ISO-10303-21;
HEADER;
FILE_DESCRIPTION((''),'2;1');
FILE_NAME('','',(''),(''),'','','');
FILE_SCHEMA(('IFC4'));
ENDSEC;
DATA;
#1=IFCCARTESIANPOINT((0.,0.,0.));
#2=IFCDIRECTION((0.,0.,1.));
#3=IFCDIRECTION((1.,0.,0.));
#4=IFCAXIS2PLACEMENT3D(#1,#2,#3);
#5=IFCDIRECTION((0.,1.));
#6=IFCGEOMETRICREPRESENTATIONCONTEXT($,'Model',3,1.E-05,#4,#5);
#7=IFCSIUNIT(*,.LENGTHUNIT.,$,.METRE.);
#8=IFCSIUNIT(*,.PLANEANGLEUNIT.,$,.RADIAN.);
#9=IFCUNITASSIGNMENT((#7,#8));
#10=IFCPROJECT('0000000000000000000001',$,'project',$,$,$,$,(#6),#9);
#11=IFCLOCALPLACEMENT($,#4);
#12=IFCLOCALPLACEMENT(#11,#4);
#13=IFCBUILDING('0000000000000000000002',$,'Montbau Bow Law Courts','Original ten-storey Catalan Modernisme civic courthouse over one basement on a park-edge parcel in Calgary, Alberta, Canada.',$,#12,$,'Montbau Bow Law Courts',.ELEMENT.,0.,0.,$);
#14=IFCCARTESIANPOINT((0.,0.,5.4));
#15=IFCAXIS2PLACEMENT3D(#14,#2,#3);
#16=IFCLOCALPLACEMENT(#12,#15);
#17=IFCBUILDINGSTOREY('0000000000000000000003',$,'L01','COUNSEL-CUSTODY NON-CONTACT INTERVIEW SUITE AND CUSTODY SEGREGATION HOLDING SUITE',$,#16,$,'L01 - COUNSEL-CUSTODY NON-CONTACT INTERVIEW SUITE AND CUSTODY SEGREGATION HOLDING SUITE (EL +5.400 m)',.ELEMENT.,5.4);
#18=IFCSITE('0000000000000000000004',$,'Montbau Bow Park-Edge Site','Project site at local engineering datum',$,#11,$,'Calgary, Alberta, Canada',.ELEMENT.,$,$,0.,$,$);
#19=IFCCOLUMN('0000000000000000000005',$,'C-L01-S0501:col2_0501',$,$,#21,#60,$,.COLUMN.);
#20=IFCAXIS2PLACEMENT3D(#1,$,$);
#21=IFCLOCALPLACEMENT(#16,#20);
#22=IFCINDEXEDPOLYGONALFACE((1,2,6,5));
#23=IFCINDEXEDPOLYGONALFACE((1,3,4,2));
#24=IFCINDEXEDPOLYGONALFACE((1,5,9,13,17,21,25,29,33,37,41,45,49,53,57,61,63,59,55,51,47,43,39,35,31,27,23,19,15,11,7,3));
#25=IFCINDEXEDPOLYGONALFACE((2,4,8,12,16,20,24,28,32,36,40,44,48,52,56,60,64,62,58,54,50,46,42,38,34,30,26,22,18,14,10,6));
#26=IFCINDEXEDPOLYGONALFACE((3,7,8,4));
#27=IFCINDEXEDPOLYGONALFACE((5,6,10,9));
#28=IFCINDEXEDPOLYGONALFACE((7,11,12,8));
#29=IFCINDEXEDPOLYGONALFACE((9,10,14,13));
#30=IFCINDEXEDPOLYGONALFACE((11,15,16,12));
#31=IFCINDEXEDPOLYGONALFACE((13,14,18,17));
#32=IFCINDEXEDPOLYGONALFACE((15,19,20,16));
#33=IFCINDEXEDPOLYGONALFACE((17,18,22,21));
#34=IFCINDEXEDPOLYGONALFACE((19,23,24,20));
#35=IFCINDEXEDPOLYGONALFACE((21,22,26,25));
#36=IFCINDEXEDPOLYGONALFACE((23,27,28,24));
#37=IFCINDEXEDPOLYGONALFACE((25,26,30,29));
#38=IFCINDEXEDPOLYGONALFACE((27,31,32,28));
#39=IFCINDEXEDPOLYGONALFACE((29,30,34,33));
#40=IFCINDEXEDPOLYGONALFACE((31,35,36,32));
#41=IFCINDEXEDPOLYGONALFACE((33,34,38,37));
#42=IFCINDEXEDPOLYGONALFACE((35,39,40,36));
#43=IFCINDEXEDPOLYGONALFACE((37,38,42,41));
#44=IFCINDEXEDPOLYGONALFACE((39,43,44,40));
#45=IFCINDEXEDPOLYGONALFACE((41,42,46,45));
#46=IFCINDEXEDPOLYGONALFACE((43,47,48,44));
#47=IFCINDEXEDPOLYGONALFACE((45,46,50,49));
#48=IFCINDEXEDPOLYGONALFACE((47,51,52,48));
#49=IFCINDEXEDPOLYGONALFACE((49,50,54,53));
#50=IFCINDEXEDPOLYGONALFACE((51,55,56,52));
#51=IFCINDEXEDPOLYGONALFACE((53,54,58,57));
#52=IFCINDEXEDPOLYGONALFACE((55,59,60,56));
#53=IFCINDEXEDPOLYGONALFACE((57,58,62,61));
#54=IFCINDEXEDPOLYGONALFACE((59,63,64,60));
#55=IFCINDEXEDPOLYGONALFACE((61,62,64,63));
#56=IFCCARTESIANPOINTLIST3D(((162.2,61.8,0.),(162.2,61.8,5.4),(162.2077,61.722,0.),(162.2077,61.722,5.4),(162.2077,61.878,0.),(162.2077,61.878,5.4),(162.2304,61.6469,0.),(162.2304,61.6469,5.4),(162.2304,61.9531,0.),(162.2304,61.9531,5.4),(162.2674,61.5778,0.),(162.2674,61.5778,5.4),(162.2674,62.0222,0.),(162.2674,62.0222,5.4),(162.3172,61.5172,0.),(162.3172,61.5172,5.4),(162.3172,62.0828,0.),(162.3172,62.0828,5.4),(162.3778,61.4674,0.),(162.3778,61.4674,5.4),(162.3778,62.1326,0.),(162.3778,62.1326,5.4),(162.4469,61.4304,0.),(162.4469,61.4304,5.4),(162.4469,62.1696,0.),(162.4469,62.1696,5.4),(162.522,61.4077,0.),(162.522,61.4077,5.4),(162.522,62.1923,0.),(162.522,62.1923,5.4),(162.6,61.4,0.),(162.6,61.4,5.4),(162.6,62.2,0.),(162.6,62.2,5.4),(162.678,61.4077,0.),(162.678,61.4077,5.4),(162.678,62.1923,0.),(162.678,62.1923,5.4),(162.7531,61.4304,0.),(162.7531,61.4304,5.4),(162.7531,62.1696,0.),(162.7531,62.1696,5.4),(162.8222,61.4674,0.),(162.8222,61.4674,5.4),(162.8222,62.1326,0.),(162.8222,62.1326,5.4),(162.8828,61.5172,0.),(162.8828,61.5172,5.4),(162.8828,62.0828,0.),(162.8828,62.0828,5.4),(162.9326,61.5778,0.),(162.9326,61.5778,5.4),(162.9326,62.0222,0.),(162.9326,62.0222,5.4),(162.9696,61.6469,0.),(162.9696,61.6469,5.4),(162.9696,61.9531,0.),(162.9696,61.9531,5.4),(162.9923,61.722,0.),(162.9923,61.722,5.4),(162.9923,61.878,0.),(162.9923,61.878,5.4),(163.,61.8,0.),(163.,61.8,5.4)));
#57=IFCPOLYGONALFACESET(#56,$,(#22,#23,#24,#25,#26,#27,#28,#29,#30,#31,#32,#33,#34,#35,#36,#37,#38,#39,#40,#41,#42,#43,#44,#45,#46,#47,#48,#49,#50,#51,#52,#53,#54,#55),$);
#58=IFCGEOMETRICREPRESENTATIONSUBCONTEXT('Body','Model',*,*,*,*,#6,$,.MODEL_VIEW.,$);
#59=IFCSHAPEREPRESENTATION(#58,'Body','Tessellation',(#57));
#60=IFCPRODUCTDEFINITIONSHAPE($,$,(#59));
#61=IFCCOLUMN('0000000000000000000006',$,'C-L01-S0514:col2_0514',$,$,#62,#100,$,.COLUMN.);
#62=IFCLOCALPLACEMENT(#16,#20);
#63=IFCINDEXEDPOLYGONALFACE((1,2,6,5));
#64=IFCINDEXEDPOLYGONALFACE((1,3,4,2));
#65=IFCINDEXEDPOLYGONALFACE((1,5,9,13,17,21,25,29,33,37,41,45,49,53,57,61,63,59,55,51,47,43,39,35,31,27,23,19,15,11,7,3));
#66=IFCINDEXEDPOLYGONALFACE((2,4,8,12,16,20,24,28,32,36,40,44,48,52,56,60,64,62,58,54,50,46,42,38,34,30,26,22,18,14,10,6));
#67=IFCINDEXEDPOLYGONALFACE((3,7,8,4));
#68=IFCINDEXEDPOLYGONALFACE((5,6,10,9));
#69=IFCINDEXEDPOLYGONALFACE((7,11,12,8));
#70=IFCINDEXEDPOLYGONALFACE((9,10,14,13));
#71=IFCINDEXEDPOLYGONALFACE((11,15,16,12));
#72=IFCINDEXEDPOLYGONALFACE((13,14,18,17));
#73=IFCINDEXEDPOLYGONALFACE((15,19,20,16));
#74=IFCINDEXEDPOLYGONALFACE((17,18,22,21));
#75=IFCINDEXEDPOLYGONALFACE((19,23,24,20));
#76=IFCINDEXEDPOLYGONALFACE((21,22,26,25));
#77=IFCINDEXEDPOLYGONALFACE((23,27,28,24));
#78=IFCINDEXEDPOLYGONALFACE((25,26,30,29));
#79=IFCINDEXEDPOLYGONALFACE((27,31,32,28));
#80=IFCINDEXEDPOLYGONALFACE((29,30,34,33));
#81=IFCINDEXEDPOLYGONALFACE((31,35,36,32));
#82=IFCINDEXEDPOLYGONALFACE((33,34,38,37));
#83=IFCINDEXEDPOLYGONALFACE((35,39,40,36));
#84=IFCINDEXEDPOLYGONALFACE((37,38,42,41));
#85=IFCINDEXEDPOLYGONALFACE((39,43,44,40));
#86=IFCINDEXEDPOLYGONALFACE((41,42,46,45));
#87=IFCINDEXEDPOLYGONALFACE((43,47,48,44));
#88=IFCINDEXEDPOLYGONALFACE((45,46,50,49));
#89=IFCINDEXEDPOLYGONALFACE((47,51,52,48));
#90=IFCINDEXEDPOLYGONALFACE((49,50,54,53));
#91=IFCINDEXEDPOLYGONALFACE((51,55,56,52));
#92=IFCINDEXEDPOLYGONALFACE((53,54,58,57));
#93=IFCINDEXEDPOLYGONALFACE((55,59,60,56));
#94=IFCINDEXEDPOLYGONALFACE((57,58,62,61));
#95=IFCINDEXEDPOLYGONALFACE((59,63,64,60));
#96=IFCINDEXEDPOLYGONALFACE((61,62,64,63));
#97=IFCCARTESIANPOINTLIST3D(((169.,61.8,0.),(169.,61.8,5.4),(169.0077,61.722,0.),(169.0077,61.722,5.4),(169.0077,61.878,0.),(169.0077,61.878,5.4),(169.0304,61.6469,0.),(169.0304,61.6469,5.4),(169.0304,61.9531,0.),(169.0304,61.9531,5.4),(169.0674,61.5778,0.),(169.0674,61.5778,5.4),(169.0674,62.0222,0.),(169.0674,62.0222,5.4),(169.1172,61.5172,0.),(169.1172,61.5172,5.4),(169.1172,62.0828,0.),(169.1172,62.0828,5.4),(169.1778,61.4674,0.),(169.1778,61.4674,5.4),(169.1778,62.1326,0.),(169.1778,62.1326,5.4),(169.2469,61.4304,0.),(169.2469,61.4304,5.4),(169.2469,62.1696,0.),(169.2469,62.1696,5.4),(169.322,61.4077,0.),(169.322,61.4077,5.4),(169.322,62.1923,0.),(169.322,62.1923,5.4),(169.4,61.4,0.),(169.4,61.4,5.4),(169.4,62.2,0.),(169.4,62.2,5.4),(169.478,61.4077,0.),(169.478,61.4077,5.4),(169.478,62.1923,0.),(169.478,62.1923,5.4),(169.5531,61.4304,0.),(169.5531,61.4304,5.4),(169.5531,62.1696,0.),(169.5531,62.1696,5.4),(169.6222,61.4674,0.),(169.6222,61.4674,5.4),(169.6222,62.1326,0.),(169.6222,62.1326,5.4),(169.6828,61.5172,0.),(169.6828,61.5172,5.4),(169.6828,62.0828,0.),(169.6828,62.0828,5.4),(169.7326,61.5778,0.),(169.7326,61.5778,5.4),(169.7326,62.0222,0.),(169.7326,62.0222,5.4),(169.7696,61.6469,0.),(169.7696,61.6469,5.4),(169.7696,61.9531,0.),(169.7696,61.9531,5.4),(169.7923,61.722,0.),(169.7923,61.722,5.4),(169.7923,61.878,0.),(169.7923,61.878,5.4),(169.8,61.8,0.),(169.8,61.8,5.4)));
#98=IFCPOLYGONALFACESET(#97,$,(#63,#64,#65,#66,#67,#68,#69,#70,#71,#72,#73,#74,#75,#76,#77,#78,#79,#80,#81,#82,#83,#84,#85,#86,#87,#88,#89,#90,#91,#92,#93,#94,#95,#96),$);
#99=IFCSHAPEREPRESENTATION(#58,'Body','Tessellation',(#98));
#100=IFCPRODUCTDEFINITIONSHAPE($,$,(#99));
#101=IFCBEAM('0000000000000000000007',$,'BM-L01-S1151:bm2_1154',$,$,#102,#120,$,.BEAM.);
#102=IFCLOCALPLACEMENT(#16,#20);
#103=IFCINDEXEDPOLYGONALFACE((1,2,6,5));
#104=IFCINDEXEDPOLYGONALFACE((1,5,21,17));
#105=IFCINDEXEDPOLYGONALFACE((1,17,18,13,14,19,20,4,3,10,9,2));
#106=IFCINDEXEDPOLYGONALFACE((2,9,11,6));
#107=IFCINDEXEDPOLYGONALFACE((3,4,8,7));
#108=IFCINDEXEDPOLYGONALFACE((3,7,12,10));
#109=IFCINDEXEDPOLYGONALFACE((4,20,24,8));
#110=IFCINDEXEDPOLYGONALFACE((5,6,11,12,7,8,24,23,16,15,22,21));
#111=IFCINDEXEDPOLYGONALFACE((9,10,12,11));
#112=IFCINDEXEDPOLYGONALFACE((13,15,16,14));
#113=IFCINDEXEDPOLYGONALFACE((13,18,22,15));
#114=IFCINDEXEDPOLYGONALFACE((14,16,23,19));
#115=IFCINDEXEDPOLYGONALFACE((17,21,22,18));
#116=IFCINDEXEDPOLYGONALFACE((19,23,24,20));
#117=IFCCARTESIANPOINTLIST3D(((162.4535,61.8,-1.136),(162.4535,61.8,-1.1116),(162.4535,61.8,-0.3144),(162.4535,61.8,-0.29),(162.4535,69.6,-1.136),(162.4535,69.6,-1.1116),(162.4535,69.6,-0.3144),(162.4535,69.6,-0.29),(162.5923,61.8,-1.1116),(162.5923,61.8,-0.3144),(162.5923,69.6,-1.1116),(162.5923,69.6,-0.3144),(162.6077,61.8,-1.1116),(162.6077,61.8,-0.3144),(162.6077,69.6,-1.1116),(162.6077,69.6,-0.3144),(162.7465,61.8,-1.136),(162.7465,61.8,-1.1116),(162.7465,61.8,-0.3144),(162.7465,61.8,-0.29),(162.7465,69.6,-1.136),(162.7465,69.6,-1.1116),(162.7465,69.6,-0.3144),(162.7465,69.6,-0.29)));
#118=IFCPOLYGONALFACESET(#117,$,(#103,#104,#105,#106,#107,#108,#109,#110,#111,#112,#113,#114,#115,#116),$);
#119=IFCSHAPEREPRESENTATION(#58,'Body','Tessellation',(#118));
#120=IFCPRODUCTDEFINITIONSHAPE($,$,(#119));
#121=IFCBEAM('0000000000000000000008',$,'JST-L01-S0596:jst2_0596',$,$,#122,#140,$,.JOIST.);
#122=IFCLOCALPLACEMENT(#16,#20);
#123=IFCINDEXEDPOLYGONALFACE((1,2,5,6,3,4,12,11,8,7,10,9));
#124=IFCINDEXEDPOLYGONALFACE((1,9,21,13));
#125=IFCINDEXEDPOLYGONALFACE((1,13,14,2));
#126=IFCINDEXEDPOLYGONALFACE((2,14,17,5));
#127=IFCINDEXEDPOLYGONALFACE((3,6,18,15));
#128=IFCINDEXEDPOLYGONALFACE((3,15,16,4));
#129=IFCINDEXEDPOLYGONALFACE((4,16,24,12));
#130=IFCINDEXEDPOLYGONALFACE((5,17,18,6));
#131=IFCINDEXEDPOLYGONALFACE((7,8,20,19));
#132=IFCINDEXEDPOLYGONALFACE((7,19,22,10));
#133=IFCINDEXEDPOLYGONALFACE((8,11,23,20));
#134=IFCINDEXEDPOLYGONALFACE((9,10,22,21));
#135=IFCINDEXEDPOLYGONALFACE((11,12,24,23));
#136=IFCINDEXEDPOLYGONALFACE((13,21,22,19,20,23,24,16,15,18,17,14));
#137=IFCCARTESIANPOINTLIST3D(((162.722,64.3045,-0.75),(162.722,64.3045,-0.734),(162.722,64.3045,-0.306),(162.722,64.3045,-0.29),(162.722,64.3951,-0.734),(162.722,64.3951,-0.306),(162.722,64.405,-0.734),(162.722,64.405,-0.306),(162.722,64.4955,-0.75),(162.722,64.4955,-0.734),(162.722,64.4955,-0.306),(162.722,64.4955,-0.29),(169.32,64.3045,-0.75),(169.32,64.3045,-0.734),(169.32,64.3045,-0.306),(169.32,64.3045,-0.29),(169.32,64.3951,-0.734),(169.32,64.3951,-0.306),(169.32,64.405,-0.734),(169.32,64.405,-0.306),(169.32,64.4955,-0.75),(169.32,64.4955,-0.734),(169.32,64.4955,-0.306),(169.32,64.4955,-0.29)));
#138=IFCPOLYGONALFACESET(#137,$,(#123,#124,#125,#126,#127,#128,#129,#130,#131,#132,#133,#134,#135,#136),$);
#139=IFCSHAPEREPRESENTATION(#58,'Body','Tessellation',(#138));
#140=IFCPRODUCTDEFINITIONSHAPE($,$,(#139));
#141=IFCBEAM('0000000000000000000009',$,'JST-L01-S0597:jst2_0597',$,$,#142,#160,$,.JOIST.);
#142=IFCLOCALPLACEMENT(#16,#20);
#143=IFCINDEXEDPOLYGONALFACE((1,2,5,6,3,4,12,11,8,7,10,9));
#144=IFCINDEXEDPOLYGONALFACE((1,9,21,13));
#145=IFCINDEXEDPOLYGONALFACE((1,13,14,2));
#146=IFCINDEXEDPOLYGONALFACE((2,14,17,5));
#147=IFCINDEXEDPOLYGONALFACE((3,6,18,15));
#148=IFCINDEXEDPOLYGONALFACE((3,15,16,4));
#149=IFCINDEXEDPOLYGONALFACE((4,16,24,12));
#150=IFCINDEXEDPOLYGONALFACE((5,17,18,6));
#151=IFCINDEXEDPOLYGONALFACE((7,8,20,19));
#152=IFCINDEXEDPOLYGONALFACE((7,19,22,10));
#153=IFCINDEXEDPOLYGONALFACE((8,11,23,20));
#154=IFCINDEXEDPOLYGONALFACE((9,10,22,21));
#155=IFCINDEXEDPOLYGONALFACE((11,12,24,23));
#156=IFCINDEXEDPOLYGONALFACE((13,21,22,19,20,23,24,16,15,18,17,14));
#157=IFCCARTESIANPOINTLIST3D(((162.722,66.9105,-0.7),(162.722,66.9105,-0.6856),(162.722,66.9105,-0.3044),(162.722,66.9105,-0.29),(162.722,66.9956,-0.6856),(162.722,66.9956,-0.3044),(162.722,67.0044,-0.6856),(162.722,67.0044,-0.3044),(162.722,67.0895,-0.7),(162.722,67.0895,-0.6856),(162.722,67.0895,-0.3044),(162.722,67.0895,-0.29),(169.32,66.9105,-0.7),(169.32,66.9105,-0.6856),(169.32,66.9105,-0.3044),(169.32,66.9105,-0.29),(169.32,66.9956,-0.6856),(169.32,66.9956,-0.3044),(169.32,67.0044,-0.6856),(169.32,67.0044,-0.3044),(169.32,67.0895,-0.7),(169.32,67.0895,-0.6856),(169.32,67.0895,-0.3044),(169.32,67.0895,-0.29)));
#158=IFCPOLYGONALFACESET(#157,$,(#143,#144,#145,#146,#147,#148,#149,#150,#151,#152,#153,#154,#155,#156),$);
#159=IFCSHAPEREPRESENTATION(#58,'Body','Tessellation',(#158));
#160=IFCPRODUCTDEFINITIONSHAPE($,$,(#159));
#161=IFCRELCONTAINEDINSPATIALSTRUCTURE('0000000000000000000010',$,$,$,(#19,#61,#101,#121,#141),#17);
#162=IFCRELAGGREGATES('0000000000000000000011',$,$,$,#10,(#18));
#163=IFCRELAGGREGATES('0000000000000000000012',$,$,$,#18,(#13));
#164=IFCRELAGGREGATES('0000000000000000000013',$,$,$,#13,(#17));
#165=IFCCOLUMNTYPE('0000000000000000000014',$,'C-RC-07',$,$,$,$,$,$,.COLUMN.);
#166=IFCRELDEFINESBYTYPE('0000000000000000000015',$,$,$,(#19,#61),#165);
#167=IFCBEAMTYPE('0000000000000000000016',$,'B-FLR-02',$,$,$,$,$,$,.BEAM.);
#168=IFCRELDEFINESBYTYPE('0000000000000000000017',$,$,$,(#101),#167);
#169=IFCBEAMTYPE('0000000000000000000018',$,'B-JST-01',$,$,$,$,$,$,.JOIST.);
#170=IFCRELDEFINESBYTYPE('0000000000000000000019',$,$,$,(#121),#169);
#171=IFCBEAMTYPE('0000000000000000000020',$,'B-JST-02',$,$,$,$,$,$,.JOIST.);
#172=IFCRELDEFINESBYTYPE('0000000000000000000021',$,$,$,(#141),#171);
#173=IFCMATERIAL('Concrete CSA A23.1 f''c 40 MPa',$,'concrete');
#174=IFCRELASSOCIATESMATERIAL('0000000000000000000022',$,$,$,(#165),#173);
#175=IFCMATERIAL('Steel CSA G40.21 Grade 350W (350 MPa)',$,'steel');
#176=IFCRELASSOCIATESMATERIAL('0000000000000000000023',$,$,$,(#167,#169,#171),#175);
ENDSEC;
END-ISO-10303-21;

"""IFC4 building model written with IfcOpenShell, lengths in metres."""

from ifc_helpers import new_model, si_unit, direction, frame, origin_with_axes, origin_2d_with_axis, place, context, subcontext, project, spatial, circle, i_section, extrude, material, material_profile, profile_set, type_object, element, save


model = new_model("IFC4")

# Units and contexts
model_context = context("Model", 3, precision=1e-05, world=origin_with_axes(), true_north=direction((0.0, 1.0)))
body_context = subcontext(model_context, "Body", "Model", "MODEL_VIEW")
ifc_project = project(units=[si_unit("LENGTHUNIT", "METRE"), si_unit("PLANEANGLEUNIT", "RADIAN")], contexts=[model_context])

# Site, building, storey
site_placement = place(None, origin_with_axes())
site = spatial("IfcSite", under=ifc_project, at=site_placement, Name="Montbau Bow Park-Edge Site", Description="Project site at local engineering datum", LongName="Calgary, Alberta, Canada", CompositionType="ELEMENT", RefElevation=0.0)
building_placement = place(site_placement, origin_with_axes())
building = spatial("IfcBuilding", under=site, at=building_placement, Name="Montbau Bow Law Courts", Description="Original ten-storey Catalan Modernisme civic courthouse over one basement on a park-edge parcel in Calgary, Alberta, Canada.", LongName="Montbau Bow Law Courts", CompositionType="ELEMENT", ElevationOfRefHeight=0.0, ElevationOfTerrain=0.0)
storey_placement = place(building_placement, frame((0.0, 0.0, 5.4), z_axis=(0.0, 0.0, 1.0), x_axis=(1.0, 0.0, 0.0)))
storey = spatial("IfcBuildingStorey", under=building, at=storey_placement, Name="L01", Description="COUNSEL-CUSTODY NON-CONTACT INTERVIEW SUITE AND CUSTODY SEGREGATION HOLDING SUITE", LongName="L01 - COUNSEL-CUSTODY NON-CONTACT INTERVIEW SUITE AND CUSTODY SEGREGATION HOLDING SUITE (EL +5.400 m)", CompositionType="ELEMENT", Elevation=5.4)

# Columns
ifc_material_1 = material(Name="Concrete CSA A23.1 f'c 40 MPa", Category="concrete")
ifc_material_profile_1 = material_profile(ifc_material_1, circle(Radius=0.4, at=origin_2d_with_axis()), Name="RC800D", Category="Main", Priority=0)
ifc_profile_set_1 = profile_set([ifc_material_profile_1], Name="Concrete CSA A23.1 f'c 40 MPa")
column_type = type_object("IfcColumnType", Name="C-RC-07", PredefinedType="COLUMN", material=ifc_profile_set_1)
for number, where, z_axis, x_axis, name in (
    (1, (162.6, 61.8, 5.4), (0.0, 0.0, 1.0), (1.0, 0.0, 0.0), "C-L01-S0501:col2_0501"),
    (2, (169.4, 61.8, 5.4), (0.0, 0.0, 1.0), (1.0, 0.0, 0.0), "C-L01-S0514:col2_0514"),
):
    element("IfcColumn", number, at=place(None, frame(where, z_axis=z_axis, x_axis=x_axis)), inside=storey, type_object=column_type, Name=name, PredefinedType="COLUMN", context=body_context, shape_type="SweptSolid", body=[
        extrude(circle(Radius=0.4, at=origin_2d_with_axis()), origin_with_axes(), (0.0, 0.0, 1.0), 5.4),
    ])

# Beams
ifc_material_2 = material(Name="Steel CSA G40.21 Grade 350W (350 MPa)", Category="steel")
ifc_material_profile_2 = material_profile(ifc_material_2, i_section(OverallWidth=0.293, OverallDepth=0.846, WebThickness=0.0154, FlangeThickness=0.0244, at=origin_2d_with_axis()), Name="W840X210", Category="Main", Priority=0)
ifc_profile_set_2 = profile_set([ifc_material_profile_2], Name="Steel CSA G40.21 Grade 350W (350 MPa)")
beam_type_1 = type_object("IfcBeamType", Name="B-FLR-02", PredefinedType="BEAM", material=ifc_profile_set_2)
beam_1_placement = place(None, frame((162.6, 61.8, 4.687), z_axis=(0.0, 1.0, 0.0), x_axis=(-1.0, 0.0, 0.0)))
element("IfcBeam", 3, at=beam_1_placement, inside=storey, type_object=beam_type_1, Name="BM-L01-S1151:bm2_1154", PredefinedType="BEAM", context=body_context, shape_type="SweptSolid", body=[
    extrude(i_section(OverallWidth=0.293, OverallDepth=0.846, WebThickness=0.0154, FlangeThickness=0.0244, at=origin_2d_with_axis()), origin_with_axes(), (0.0, 0.0, 1.0), 7.8),
])
ifc_material_profile_3 = material_profile(ifc_material_2, i_section(OverallWidth=0.191, OverallDepth=0.46, WebThickness=0.0099, FlangeThickness=0.016, at=origin_2d_with_axis()), Name="W460X82", Category="Main", Priority=0)
ifc_profile_set_3 = profile_set([ifc_material_profile_3], Name="Steel CSA G40.21 Grade 350W (350 MPa)")
beam_type_2 = type_object("IfcBeamType", Name="B-JST-01", PredefinedType="JOIST", material=ifc_profile_set_3)
beam_2_placement = place(None, frame((162.722, 64.4, 4.88), z_axis=(1.0, 0.0, 0.0), x_axis=(0.0, 1.0, 0.0)))
element("IfcBeam", 4, at=beam_2_placement, inside=storey, type_object=beam_type_2, Name="JST-L01-S0596:jst2_0596", PredefinedType="JOIST", context=body_context, shape_type="SweptSolid", body=[
    extrude(i_section(OverallWidth=0.191, OverallDepth=0.46, WebThickness=0.0099, FlangeThickness=0.016, at=origin_2d_with_axis()), origin_with_axes(), (0.0, 0.0, 1.0), 6.598),
])
ifc_material_profile_4 = material_profile(ifc_material_2, i_section(OverallWidth=0.179, OverallDepth=0.41, WebThickness=0.0088, FlangeThickness=0.0144, at=origin_2d_with_axis()), Name="W410X67", Category="Main", Priority=0)
ifc_profile_set_4 = profile_set([ifc_material_profile_4], Name="Steel CSA G40.21 Grade 350W (350 MPa)")
beam_type_3 = type_object("IfcBeamType", Name="B-JST-02", PredefinedType="JOIST", material=ifc_profile_set_4)
beam_3_placement = place(None, frame((162.722, 67.0, 4.905), z_axis=(1.0, 0.0, 0.0), x_axis=(0.0, 1.0, 0.0)))
element("IfcBeam", 5, at=beam_3_placement, inside=storey, type_object=beam_type_3, Name="JST-L01-S0597:jst2_0597", PredefinedType="JOIST", context=body_context, shape_type="SweptSolid", body=[
    extrude(i_section(OverallWidth=0.179, OverallDepth=0.41, WebThickness=0.0088, FlangeThickness=0.0144, at=origin_2d_with_axis()), origin_with_axes(), (0.0, 0.0, 1.0), 6.598),
])

save(model, "model.ifc")
